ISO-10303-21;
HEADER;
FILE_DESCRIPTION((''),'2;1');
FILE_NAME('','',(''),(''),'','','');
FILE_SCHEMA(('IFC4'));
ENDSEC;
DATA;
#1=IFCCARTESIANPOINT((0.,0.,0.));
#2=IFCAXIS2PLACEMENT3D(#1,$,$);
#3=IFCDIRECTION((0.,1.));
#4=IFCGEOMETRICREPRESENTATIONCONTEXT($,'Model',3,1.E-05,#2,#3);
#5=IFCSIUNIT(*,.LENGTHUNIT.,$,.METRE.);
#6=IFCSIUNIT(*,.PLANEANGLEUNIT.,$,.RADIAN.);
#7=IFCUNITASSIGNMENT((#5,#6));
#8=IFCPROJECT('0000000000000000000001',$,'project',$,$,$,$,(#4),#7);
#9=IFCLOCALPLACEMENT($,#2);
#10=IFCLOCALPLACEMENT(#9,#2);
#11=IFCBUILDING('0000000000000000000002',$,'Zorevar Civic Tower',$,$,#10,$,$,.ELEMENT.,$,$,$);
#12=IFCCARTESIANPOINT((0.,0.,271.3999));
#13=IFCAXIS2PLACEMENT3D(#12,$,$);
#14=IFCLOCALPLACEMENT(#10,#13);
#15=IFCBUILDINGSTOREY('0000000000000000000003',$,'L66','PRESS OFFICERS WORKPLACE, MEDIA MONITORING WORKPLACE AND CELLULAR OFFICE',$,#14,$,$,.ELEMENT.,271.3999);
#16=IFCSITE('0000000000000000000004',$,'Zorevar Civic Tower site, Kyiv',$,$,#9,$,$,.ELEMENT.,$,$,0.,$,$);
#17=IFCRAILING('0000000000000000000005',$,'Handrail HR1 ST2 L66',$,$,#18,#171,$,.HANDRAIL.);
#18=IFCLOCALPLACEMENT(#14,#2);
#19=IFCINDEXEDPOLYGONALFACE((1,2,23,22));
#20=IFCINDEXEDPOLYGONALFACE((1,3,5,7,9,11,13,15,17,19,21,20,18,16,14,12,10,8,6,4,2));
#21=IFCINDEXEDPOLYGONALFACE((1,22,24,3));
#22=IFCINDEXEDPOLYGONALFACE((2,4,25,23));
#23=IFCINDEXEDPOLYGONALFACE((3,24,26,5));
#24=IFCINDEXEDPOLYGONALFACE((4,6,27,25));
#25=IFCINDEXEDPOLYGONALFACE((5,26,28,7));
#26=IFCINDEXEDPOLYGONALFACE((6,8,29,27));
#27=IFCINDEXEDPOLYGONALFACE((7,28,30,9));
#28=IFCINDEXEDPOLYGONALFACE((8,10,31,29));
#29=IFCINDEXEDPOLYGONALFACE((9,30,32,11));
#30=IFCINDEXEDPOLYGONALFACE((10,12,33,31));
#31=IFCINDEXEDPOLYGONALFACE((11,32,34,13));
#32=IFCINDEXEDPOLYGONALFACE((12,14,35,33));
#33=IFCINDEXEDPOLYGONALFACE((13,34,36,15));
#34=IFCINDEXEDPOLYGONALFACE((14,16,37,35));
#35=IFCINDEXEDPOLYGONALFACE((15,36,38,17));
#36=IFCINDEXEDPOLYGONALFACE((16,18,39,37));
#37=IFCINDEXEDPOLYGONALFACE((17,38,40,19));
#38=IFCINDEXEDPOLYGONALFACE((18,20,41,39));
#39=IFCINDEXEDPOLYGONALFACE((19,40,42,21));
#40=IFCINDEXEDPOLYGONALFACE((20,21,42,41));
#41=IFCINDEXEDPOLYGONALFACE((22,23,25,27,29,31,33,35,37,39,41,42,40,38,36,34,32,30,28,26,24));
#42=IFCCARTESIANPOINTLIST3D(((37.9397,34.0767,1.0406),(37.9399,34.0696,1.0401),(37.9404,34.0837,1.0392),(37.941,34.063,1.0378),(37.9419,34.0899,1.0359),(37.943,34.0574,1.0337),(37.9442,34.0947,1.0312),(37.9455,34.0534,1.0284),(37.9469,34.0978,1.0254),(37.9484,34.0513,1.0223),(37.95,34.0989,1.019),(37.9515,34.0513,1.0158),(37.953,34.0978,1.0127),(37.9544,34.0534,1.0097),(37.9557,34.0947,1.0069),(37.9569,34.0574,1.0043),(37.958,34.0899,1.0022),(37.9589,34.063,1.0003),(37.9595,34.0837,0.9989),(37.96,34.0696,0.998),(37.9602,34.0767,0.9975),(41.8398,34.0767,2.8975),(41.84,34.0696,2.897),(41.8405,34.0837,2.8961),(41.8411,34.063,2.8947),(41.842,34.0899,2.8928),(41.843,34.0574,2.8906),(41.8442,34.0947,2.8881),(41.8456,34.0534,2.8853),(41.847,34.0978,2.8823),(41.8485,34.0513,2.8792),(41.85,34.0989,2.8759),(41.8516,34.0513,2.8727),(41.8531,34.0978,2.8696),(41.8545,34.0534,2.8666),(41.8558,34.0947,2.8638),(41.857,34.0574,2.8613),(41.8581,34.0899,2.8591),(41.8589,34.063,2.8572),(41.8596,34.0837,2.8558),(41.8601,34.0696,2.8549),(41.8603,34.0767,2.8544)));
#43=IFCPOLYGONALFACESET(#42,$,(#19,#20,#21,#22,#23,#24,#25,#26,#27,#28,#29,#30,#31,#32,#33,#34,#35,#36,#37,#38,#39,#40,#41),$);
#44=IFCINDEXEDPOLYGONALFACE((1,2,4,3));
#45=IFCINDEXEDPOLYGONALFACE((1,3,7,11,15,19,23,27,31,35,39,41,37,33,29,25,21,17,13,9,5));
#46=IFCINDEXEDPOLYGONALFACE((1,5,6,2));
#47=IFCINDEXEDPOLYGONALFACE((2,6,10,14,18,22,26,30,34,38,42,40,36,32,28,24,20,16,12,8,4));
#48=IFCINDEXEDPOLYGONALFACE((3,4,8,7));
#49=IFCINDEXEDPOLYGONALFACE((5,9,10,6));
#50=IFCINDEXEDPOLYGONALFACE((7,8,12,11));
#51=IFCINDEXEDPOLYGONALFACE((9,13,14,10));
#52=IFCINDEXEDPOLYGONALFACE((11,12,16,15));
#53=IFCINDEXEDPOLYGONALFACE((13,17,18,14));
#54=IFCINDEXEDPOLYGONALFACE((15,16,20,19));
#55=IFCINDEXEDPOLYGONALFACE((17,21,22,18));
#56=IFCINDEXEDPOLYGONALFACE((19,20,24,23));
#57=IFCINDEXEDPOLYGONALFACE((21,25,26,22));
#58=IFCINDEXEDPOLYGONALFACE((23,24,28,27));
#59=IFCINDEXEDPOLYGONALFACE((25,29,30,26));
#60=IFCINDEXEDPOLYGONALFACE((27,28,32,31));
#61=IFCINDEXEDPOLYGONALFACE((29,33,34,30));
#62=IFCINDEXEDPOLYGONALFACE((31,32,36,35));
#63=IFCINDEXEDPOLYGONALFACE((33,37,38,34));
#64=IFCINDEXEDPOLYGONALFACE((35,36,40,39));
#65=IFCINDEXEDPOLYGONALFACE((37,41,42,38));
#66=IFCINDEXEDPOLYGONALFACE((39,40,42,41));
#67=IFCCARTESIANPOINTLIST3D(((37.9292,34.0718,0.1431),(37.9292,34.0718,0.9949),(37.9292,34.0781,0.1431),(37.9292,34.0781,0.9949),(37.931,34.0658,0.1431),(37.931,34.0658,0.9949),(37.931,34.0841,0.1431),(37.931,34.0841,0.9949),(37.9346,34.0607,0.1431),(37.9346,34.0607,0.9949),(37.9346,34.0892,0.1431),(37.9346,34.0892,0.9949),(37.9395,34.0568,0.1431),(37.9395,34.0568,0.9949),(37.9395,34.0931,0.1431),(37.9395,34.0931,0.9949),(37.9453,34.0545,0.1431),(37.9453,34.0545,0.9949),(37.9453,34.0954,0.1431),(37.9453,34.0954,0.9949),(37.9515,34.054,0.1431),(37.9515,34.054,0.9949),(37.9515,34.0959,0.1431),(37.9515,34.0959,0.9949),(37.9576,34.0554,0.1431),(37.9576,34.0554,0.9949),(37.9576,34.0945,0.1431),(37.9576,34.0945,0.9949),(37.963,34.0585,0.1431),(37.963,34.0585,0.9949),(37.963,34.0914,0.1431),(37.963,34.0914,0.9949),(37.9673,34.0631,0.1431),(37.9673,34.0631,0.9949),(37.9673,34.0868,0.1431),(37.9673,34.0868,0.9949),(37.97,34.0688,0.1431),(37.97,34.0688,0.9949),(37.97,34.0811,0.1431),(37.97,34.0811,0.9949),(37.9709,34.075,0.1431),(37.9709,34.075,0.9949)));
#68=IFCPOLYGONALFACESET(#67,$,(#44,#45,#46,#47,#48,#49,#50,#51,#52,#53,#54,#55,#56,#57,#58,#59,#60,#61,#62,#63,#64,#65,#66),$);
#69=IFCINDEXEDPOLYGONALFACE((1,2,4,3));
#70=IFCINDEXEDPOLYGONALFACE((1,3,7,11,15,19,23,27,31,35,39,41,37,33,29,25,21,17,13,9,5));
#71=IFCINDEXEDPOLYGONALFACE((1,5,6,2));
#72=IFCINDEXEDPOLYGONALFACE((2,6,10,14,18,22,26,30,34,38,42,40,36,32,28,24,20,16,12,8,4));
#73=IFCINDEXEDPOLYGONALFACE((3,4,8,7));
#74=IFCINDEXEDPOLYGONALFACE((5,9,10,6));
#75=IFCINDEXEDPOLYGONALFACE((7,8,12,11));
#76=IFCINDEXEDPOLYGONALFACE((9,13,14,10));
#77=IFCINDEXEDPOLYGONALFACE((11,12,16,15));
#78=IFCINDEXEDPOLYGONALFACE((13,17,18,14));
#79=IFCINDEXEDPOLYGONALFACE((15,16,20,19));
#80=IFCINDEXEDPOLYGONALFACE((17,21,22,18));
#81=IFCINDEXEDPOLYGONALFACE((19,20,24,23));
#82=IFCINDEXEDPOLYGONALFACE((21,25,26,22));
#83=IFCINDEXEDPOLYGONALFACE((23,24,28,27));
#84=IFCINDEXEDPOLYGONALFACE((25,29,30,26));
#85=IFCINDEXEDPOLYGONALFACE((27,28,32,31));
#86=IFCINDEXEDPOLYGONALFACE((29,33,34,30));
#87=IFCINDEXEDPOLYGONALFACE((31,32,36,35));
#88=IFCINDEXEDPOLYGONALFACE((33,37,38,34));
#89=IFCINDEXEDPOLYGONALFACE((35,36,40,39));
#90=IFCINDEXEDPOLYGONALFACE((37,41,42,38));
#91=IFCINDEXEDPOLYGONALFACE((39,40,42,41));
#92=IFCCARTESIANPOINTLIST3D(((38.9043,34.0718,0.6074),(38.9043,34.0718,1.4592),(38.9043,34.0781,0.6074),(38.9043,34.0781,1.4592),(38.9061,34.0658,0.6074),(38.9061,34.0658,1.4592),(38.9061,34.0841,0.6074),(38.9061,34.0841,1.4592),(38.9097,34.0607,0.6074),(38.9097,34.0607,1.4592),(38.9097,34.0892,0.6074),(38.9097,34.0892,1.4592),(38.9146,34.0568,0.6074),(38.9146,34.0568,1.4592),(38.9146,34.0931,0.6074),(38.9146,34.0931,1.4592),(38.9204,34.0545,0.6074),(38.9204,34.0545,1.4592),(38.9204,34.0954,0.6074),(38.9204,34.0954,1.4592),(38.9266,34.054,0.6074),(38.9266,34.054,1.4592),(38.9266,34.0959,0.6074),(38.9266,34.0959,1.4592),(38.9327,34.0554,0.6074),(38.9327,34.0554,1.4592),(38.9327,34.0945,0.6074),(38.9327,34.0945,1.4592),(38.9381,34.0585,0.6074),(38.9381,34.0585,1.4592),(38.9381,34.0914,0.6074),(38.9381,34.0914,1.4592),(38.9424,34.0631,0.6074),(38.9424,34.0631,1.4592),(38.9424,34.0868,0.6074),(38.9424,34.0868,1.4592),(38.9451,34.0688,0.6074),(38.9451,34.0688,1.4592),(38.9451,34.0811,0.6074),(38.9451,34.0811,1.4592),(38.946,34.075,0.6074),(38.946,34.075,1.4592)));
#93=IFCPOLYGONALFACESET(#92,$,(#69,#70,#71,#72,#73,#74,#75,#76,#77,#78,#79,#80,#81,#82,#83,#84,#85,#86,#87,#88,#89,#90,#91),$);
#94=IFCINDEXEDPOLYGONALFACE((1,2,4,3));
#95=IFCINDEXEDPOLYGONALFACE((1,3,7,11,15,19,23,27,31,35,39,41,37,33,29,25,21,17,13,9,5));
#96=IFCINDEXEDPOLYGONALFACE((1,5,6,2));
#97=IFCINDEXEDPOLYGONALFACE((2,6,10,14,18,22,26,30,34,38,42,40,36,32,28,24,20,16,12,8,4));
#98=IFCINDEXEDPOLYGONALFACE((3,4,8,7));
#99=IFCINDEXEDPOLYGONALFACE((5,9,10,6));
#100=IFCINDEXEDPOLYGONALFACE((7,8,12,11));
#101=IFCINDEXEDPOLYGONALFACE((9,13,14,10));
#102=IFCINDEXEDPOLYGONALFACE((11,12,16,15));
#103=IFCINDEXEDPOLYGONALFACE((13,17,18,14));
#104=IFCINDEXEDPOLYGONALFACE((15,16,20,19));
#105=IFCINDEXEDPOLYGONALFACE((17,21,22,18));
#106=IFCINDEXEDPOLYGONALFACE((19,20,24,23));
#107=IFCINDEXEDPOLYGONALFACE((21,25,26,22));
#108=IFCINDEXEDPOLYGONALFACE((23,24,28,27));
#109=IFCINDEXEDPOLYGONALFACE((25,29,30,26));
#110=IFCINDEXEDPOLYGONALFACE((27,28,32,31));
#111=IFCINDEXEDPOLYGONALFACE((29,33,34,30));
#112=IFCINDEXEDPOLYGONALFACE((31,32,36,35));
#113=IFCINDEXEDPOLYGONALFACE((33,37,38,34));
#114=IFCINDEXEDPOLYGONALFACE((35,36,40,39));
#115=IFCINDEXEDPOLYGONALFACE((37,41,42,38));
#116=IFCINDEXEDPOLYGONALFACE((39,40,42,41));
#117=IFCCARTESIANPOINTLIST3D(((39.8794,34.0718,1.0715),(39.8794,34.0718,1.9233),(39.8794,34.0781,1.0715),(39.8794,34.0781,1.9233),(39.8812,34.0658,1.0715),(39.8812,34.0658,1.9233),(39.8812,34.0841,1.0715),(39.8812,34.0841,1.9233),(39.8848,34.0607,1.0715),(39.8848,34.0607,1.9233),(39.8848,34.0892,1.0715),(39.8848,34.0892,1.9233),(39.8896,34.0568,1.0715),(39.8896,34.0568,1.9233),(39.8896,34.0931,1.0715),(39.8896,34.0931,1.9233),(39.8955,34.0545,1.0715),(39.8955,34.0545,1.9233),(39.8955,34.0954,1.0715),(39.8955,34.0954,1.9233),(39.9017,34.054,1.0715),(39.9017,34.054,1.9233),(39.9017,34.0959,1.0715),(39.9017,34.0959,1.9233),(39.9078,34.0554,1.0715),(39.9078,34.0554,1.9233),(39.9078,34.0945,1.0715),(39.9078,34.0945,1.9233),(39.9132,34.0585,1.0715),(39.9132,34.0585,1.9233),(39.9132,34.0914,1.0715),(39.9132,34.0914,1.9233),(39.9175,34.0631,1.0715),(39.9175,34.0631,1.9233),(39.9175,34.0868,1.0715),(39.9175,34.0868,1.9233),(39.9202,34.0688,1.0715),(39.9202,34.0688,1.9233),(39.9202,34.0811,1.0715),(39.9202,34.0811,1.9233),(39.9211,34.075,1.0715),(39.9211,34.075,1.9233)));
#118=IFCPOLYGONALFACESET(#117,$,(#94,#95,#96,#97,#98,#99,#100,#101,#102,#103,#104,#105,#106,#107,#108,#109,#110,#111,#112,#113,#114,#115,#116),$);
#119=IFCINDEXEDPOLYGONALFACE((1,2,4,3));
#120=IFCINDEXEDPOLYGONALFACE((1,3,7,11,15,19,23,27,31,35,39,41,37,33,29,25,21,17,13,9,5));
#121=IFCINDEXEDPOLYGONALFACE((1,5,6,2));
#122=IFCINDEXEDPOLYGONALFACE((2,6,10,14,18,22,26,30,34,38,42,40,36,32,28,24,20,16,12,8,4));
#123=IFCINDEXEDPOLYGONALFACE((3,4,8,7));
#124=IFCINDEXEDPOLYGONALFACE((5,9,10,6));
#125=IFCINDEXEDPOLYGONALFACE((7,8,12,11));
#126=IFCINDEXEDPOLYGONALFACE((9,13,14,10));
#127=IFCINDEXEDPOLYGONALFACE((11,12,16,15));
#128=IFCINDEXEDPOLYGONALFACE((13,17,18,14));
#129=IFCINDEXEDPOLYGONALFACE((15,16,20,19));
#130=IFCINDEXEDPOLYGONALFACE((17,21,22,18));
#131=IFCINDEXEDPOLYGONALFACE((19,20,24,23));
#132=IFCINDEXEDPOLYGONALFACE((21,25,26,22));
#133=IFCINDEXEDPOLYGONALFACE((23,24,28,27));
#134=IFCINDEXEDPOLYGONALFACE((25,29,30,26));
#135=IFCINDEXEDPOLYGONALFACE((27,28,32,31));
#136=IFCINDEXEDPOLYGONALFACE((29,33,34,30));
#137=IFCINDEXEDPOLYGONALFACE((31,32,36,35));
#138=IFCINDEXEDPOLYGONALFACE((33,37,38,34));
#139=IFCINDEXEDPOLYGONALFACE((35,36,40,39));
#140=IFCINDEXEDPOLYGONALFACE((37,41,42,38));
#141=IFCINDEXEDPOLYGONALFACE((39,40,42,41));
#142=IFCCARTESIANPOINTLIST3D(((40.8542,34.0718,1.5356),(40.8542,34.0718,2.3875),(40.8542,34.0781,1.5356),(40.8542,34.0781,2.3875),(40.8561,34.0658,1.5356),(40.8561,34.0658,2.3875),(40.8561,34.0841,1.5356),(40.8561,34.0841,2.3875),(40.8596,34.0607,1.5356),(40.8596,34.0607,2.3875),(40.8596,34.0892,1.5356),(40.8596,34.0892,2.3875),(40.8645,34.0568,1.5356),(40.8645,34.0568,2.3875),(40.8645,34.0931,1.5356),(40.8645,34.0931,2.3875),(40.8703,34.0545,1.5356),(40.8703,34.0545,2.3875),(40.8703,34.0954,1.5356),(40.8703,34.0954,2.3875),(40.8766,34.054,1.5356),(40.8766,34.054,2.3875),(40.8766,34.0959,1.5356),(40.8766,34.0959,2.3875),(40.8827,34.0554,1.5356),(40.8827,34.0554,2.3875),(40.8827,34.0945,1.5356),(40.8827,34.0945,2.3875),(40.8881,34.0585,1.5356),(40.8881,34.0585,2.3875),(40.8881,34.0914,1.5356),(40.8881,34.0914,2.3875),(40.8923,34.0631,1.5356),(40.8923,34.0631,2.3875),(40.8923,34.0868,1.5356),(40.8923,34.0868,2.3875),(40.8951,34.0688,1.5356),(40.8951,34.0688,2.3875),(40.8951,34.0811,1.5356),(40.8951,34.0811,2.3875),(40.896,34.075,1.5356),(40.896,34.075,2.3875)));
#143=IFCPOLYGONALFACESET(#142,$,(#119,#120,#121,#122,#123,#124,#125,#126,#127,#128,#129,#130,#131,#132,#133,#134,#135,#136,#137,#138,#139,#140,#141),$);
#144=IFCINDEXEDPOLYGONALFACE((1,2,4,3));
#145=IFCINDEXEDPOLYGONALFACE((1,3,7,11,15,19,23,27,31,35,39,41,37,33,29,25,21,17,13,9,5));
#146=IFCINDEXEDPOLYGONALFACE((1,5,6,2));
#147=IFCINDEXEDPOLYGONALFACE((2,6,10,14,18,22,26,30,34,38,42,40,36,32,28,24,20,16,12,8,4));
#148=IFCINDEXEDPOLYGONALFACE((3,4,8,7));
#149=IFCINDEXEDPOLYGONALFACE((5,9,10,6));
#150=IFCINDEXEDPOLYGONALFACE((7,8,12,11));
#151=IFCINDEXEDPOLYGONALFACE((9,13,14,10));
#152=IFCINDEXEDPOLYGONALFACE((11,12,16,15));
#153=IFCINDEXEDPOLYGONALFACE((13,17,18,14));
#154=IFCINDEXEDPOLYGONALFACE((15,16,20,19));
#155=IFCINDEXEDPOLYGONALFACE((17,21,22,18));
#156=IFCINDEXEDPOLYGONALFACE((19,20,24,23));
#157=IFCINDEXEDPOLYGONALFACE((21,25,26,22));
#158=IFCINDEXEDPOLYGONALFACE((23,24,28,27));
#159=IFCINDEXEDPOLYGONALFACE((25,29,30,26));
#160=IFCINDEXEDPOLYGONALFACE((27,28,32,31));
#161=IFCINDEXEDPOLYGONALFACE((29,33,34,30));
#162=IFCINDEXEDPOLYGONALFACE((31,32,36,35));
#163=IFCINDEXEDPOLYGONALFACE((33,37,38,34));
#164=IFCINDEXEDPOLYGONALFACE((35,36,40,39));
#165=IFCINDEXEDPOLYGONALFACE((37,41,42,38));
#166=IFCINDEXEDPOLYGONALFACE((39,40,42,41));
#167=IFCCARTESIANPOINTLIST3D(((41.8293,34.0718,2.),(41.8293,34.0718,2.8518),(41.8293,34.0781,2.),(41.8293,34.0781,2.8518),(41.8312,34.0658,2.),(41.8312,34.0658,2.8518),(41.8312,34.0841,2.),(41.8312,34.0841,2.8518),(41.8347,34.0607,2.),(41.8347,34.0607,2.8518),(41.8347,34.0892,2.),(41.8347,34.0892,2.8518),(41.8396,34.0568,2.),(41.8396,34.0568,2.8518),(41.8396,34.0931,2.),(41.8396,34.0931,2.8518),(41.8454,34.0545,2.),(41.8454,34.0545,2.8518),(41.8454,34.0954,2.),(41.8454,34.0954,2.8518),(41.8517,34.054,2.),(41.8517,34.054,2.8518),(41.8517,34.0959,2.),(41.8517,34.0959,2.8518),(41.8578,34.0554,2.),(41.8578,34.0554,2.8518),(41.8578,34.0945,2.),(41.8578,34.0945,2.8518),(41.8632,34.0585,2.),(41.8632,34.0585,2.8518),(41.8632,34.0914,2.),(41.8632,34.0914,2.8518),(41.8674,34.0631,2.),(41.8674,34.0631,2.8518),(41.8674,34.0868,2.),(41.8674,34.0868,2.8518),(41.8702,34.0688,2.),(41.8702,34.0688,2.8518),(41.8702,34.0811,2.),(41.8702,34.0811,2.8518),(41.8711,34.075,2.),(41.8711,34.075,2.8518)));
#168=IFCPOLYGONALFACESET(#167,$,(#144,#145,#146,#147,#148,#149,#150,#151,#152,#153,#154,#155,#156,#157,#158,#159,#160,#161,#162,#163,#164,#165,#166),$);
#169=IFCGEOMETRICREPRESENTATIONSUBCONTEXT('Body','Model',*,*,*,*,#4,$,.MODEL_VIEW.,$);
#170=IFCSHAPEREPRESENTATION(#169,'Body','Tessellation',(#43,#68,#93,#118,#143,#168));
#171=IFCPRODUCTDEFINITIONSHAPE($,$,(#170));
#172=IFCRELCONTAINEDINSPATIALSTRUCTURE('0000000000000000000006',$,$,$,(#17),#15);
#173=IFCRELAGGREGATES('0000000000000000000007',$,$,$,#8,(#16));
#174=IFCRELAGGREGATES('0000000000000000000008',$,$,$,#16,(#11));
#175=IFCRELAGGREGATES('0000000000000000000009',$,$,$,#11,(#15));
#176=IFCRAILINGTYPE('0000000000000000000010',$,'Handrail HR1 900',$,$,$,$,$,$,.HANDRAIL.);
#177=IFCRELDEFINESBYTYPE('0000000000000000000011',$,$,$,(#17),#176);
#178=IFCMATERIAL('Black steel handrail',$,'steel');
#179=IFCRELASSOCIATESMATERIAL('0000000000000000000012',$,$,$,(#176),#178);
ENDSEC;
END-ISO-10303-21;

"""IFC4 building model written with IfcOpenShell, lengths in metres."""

from ifc_helpers import new_model, si_unit, direction, frame, origin, origin_2d, place, context, subcontext, project, spatial, circle, extrude, material, type_object, element, save


model = new_model("IFC4")

# Units and contexts
model_context = context("Model", 3, precision=1e-05, world=origin(), true_north=direction((0.0, 1.0)))
body_context = subcontext(model_context, "Body", "Model", "MODEL_VIEW")
ifc_project = project(units=[si_unit("LENGTHUNIT", "METRE"), si_unit("PLANEANGLEUNIT", "RADIAN")], contexts=[model_context])

# Site, building, storey
site_placement = place(None, origin())
site = spatial("IfcSite", under=ifc_project, at=site_placement, Name="Zorevar Civic Tower site, Kyiv", CompositionType="ELEMENT", RefElevation=0.0)
building_placement = place(site_placement, origin())
building = spatial("IfcBuilding", under=site, at=building_placement, Name="Zorevar Civic Tower", CompositionType="ELEMENT")
storey_placement = place(building_placement, frame((0.0, 0.0, 271.3999)))
storey = spatial("IfcBuildingStorey", under=building, at=storey_placement, Name="L66", Description="PRESS OFFICERS WORKPLACE, MEDIA MONITORING WORKPLACE AND CELLULAR OFFICE", CompositionType="ELEMENT", Elevation=271.3999)

# Railing
ifc_material_1 = material(Name="Black steel handrail", Category="steel")
railing_type = type_object("IfcRailingType", Name="Handrail HR1 900", PredefinedType="HANDRAIL", material=ifc_material_1)
railing_1_placement = place(storey_placement, frame((37.95, 34.075, 0.1431)))
element("IfcRailing", 1, at=railing_1_placement, inside=storey, type_object=railing_type, Name="Handrail HR1 ST2 L66", PredefinedType="HANDRAIL", context=body_context, shape_type="SweptSolid", body=[
    extrude(circle(Radius=0.0239, at=origin_2d()), frame((0.0, 0.0, 0.876), z_axis=(0.902886, 0.0, 0.429881), x_axis=(0.0, 1.0, 0.0)), (0.0, 0.0, 1.0), 4.3196),
    extrude(circle(Radius=0.021, at=origin_2d()), origin(), (0.0, 0.0, 1.0), 0.8518),
    extrude(circle(Radius=0.021, at=origin_2d()), frame((0.9751, 0.0, 0.4644)), (0.0, 0.0, 1.0), 0.8518),
    extrude(circle(Radius=0.021, at=origin_2d()), frame((1.9502, 0.0, 0.9285)), (0.0, 0.0, 1.0), 0.8518),
    extrude(circle(Radius=0.021, at=origin_2d()), frame((2.925, 0.0, 1.3926)), (0.0, 0.0, 1.0), 0.8518),
    extrude(circle(Radius=0.021, at=origin_2d()), frame((3.9001, 0.0, 1.8569)), (0.0, 0.0, 1.0), 0.8518),
])

save(model, "model.ifc")
